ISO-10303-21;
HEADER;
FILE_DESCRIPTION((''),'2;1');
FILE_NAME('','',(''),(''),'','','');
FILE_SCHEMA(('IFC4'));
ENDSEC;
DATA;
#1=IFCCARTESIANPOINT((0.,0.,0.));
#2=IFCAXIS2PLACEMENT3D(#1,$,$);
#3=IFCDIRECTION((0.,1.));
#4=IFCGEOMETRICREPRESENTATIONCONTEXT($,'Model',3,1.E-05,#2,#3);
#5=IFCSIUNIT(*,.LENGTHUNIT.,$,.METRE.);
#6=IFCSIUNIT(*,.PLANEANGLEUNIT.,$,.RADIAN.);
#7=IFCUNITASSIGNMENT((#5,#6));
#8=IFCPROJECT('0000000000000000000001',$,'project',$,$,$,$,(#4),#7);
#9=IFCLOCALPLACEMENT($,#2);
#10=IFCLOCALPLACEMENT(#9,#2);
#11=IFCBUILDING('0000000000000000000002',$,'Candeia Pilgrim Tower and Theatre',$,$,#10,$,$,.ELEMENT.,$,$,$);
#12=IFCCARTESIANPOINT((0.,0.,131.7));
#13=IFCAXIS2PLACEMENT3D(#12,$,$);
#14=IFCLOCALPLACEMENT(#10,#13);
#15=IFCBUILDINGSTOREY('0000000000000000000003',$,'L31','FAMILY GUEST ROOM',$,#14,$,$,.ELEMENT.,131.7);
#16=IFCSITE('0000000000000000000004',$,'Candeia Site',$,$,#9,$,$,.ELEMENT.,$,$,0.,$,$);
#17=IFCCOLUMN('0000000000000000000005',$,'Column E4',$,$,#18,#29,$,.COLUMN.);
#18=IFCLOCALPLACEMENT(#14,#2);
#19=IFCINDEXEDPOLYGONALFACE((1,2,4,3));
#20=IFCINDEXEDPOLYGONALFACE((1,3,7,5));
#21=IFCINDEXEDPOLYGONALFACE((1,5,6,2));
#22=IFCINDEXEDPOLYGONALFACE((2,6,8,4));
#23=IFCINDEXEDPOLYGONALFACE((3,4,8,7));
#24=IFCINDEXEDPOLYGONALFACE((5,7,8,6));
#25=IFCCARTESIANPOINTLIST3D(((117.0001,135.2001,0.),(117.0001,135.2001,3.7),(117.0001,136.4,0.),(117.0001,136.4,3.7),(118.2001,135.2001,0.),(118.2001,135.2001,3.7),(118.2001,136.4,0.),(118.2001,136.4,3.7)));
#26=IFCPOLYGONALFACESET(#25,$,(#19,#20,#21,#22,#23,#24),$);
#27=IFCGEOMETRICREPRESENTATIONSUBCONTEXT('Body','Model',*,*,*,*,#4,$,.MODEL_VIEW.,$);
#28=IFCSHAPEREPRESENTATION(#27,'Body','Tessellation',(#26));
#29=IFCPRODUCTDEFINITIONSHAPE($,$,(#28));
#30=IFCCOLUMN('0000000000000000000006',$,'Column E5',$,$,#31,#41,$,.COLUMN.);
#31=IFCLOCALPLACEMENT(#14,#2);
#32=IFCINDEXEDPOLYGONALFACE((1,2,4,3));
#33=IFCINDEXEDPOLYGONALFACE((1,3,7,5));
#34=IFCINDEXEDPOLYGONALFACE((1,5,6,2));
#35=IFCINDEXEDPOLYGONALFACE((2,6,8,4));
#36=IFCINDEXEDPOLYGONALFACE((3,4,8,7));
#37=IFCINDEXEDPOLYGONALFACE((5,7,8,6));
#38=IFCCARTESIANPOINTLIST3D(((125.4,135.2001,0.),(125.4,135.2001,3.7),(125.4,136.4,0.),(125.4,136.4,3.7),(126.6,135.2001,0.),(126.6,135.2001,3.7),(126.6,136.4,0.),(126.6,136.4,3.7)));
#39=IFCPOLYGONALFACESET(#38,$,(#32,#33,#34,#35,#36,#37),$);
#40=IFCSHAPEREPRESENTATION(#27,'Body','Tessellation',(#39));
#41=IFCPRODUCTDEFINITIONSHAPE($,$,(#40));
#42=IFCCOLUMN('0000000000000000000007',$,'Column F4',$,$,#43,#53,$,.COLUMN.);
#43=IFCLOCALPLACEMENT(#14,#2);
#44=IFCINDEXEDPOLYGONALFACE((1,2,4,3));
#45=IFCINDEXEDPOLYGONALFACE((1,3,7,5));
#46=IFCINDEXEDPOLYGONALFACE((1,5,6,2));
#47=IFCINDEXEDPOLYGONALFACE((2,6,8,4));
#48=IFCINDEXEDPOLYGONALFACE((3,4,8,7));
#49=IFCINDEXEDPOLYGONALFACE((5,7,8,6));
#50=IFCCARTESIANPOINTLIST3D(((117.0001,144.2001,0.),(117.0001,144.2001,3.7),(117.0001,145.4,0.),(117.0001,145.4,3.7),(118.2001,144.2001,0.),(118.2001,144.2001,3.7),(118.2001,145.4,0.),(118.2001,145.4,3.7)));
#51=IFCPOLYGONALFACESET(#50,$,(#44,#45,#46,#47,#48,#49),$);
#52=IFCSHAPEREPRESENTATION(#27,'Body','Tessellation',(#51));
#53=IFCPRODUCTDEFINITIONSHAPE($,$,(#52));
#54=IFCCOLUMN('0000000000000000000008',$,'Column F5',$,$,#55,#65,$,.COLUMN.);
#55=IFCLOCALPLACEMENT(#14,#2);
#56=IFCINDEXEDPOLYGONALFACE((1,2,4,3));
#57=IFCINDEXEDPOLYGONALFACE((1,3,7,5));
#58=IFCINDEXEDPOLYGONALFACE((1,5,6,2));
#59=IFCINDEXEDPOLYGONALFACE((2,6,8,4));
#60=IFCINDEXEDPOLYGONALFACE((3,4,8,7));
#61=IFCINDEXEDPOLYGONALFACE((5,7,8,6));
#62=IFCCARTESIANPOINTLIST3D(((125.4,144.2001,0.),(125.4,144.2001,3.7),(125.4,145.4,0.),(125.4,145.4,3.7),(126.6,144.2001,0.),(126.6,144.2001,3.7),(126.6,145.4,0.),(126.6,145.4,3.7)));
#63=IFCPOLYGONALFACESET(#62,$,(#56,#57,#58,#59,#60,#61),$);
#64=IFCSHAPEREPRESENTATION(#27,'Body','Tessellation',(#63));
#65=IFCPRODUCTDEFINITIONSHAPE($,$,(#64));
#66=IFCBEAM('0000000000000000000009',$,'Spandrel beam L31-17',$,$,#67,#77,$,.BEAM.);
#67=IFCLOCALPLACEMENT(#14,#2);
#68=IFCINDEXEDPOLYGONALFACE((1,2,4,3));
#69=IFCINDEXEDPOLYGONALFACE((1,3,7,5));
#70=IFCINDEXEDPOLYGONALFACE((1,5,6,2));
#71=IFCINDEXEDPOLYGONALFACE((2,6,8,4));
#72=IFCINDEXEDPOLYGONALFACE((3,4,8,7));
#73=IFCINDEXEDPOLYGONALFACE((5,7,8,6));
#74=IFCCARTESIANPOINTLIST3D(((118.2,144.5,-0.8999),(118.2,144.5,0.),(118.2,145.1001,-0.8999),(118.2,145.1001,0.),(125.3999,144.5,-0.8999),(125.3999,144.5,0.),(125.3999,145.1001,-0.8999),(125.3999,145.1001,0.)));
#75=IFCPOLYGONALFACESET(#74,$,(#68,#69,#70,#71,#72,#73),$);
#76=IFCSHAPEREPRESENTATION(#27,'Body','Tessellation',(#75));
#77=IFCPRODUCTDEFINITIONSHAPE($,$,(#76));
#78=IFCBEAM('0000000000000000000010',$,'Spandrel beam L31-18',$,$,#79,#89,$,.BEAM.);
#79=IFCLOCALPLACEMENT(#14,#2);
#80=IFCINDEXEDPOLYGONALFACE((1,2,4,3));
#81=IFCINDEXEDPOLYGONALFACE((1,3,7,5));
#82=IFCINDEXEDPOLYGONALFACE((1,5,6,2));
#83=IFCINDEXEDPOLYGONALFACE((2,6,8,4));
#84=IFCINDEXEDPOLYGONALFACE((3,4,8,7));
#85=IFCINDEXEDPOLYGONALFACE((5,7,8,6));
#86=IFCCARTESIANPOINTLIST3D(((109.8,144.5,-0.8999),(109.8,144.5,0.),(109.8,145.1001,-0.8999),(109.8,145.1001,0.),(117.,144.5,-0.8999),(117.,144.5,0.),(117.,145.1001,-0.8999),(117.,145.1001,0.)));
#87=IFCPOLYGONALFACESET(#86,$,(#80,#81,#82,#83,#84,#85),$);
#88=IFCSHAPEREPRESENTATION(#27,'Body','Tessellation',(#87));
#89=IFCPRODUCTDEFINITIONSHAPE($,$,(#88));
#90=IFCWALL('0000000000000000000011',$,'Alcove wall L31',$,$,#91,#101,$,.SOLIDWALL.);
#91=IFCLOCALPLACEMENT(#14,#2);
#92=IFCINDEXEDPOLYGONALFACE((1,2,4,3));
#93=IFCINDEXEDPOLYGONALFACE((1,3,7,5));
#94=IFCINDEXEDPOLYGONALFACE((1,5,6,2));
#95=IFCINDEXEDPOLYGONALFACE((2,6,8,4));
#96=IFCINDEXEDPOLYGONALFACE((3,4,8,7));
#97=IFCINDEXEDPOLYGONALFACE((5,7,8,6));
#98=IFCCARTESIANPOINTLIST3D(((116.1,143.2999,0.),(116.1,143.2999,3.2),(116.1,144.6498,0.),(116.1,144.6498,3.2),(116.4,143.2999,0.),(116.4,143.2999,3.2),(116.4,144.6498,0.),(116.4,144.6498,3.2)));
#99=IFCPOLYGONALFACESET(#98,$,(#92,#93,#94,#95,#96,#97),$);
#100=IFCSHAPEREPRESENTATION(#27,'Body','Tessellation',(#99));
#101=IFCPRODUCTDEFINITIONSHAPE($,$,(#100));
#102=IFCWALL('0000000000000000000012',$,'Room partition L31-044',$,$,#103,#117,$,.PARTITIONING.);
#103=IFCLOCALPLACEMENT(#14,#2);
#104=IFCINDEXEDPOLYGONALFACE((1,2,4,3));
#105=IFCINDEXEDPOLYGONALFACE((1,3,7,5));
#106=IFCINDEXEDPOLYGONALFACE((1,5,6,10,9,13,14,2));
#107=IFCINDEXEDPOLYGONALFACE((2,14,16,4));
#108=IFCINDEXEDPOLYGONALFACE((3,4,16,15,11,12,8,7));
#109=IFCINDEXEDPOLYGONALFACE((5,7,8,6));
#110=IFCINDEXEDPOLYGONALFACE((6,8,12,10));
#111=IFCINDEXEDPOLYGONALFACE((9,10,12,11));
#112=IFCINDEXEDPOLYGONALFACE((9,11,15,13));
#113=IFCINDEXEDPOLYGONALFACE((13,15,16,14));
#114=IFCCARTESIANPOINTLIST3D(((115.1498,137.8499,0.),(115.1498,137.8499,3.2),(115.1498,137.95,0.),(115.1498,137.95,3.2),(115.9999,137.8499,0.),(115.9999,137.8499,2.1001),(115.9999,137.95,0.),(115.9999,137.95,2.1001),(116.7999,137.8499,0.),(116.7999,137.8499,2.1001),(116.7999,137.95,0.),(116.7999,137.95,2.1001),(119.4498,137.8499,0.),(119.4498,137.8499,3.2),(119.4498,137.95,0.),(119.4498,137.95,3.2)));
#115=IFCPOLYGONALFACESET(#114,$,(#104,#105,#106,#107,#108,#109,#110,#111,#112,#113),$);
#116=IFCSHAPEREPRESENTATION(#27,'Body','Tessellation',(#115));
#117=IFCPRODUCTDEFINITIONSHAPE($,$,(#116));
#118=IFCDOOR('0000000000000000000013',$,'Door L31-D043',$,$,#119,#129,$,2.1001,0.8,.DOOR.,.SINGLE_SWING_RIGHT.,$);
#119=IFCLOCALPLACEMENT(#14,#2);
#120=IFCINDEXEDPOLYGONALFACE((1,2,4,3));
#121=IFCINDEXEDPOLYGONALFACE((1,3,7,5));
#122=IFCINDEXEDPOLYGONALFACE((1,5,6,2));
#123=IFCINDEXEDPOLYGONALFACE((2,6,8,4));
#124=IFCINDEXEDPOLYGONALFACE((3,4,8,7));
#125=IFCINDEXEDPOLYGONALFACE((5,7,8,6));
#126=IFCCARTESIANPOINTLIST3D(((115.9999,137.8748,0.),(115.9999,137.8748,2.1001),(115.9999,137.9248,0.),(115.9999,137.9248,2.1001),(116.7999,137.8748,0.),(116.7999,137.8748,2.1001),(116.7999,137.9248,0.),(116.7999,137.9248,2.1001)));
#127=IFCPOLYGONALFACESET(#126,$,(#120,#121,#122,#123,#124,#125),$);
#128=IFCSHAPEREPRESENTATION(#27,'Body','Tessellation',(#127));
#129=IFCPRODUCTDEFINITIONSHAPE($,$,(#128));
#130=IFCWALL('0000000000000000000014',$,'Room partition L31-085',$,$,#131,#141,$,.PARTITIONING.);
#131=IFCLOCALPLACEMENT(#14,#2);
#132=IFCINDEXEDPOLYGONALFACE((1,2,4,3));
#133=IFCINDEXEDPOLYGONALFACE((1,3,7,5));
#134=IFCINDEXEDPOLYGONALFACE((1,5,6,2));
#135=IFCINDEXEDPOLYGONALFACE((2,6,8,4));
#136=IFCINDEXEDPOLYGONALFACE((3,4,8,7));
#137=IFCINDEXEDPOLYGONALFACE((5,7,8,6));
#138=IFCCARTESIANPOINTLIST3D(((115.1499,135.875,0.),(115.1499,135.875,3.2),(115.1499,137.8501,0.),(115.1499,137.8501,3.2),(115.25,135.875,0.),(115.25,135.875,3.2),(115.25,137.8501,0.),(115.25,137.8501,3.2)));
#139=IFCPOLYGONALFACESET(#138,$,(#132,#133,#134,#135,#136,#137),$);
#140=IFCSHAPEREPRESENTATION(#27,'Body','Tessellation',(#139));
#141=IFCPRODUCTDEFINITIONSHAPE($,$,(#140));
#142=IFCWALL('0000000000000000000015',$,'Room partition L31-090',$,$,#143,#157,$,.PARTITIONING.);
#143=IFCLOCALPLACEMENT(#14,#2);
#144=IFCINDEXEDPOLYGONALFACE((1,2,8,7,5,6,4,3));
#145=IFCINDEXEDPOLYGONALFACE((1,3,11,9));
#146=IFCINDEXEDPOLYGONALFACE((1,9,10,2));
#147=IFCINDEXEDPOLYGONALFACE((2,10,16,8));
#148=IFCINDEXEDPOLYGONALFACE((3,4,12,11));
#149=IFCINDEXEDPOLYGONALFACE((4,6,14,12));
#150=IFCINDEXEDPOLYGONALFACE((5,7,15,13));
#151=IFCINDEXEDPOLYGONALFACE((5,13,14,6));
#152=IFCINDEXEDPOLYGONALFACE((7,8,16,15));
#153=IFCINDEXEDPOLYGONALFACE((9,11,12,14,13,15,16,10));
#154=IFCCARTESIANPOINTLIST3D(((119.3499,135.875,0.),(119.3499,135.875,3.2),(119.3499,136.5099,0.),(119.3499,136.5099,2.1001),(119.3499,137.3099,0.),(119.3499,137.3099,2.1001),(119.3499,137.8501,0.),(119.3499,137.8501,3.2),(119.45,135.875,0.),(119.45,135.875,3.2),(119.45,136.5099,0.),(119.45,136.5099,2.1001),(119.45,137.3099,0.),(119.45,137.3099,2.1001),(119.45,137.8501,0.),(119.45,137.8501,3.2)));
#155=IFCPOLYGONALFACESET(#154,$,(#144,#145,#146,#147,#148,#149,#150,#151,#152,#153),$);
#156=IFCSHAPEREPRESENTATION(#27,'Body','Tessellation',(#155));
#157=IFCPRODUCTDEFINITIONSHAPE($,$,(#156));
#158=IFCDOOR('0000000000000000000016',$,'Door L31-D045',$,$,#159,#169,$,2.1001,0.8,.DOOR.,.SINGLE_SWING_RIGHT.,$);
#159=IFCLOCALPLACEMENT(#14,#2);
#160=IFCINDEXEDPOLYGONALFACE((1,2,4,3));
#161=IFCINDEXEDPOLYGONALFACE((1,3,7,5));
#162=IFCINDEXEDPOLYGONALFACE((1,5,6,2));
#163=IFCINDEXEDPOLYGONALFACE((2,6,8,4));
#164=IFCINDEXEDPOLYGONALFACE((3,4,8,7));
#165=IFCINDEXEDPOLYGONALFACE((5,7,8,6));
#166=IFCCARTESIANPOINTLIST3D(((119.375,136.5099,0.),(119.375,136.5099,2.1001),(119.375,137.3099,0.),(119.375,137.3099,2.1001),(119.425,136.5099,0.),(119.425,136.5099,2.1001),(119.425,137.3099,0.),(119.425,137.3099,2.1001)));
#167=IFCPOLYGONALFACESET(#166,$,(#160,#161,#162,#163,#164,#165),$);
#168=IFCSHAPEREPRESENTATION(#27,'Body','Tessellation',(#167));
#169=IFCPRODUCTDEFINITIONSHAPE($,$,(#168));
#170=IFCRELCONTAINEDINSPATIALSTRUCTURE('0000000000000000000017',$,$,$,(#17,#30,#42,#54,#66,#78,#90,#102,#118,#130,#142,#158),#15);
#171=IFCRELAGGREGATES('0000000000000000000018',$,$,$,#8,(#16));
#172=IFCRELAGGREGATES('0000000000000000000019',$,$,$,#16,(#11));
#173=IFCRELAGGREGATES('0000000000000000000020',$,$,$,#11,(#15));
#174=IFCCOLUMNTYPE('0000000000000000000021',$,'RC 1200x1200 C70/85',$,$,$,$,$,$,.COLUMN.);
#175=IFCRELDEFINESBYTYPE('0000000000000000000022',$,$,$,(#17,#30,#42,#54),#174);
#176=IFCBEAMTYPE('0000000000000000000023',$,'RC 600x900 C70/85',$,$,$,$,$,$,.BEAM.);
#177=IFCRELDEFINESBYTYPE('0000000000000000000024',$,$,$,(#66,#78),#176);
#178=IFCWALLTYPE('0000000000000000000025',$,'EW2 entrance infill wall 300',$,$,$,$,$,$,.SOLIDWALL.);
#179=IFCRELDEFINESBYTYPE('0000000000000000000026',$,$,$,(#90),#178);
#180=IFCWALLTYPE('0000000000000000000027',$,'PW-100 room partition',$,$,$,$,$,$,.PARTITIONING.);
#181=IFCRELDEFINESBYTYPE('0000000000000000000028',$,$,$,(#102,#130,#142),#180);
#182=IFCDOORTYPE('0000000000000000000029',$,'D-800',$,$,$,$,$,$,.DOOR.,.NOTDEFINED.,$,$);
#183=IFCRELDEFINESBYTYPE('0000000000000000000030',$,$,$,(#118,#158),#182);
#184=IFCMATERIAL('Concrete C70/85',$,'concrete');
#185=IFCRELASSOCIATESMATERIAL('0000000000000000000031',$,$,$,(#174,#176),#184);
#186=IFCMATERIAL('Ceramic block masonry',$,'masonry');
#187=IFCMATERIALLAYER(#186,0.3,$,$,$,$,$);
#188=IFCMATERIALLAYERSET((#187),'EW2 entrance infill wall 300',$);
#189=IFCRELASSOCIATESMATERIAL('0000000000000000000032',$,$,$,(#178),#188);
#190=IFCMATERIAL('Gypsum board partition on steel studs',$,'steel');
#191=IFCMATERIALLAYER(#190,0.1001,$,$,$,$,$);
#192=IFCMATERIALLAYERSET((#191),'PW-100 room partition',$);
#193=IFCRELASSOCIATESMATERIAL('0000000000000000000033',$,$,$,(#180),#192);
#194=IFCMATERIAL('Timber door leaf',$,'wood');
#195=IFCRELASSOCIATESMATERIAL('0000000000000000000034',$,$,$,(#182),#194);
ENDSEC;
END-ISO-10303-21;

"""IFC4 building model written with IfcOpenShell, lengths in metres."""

from ifc_helpers import new_model, si_unit, direction, frame, frame_2d, origin, origin_2d, place, context, subcontext, project, spatial, rectangle, extrude, material, layer, layer_set, material_profile, profile_set, type_object, element, fill, save


model = new_model("IFC4")

# Units and contexts
model_context = context("Model", 3, precision=1e-05, world=origin(), true_north=direction((0.0, 1.0)))
body_context = subcontext(model_context, "Body", "Model", "MODEL_VIEW")
ifc_project = project(units=[si_unit("LENGTHUNIT", "METRE"), si_unit("PLANEANGLEUNIT", "RADIAN")], contexts=[model_context])

# Site, building, storey
site_placement = place(None, origin())
site = spatial("IfcSite", under=ifc_project, at=site_placement, Name="Candeia Site", CompositionType="ELEMENT", RefElevation=0.0)
building_placement = place(site_placement, origin())
building = spatial("IfcBuilding", under=site, at=building_placement, Name="Candeia Pilgrim Tower and Theatre", CompositionType="ELEMENT")
storey_placement = place(building_placement, frame((0.0, 0.0, 131.7)))
storey = spatial("IfcBuildingStorey", under=building, at=storey_placement, Name="L31", Description="FAMILY GUEST ROOM", CompositionType="ELEMENT", Elevation=131.7)

# Columns
ifc_material_1 = material(Name="Concrete C70/85", Category="concrete")
ifc_material_profile_1 = material_profile(ifc_material_1, rectangle(XDim=1.2, YDim=1.2, at=origin_2d()))
ifc_profile_set_1 = profile_set([ifc_material_profile_1], Name="Concrete C70/85")
column_type = type_object("IfcColumnType", Name="RC 1200x1200 C70/85", PredefinedType="COLUMN", material=ifc_profile_set_1)
for number, where, z_axis, x_axis, name in (
    (1, (117.6001, 135.8, 0.0), (0.0, 0.0, 1.0), (1.0, 0.0, 0.0), "Column E4"),
    (2, (126.0, 135.8, 0.0), (0.0, 0.0, 1.0), (1.0, 0.0, 0.0), "Column E5"),
    (3, (117.6001, 144.8, 0.0), (0.0, 0.0, 1.0), (1.0, 0.0, 0.0), "Column F4"),
    (4, (126.0, 144.8, 0.0), (0.0, 0.0, 1.0), (1.0, 0.0, 0.0), "Column F5"),
):
    element("IfcColumn", number, at=place(storey_placement, frame(where, z_axis=z_axis, x_axis=x_axis)), inside=storey, type_object=column_type, Name=name, PredefinedType="COLUMN", context=body_context, shape_type="SweptSolid", body=[
        extrude(rectangle(XDim=1.2, YDim=1.2, at=origin_2d()), origin(), (0.0, 0.0, 1.0), 3.7),
    ])

# Beams
ifc_material_profile_2 = material_profile(ifc_material_1, rectangle(XDim=0.6001, YDim=0.8999, at=origin_2d()))
ifc_profile_set_2 = profile_set([ifc_material_profile_2], Name="Concrete C70/85")
beam_type = type_object("IfcBeamType", Name="RC 600x900 C70/85", PredefinedType="BEAM", material=ifc_profile_set_2)
for number, where, z_axis, x_axis, name in (
    (5, (125.3999, 144.8, -0.45), (-1.0, 0.0, 0.0), (0.0, -1.0, 0.0), "Spandrel beam L31-17"),
    (6, (117.0, 144.8, -0.45), (-1.0, 0.0, 0.0), (0.0, -1.0, 0.0), "Spandrel beam L31-18"),
):
    element("IfcBeam", number, at=place(storey_placement, frame(where, z_axis=z_axis, x_axis=x_axis)), inside=storey, type_object=beam_type, Name=name, PredefinedType="BEAM", context=body_context, shape_type="SweptSolid", body=[
        extrude(rectangle(XDim=0.6001, YDim=0.8999, at=origin_2d()), origin(), (0.0, 0.0, 1.0), 7.2),
    ])

# Wall
ifc_material_2 = material(Name="Ceramic block masonry", Category="masonry")
ifc_layer_1 = layer(ifc_material_2, 0.3)
ifc_layer_set_1 = layer_set([ifc_layer_1], Name="EW2 entrance infill wall 300")
wall_type_1 = type_object("IfcWallType", Name="EW2 entrance infill wall 300", PredefinedType="SOLIDWALL", material=ifc_layer_set_1)
wall_1_placement = place(storey_placement, frame((116.25, 143.3, 0.0), z_axis=(0.0, 0.0, 1.0), x_axis=(0.0, 1.0, 0.0)))
element("IfcWall", 7, at=wall_1_placement, inside=storey, type_object=wall_type_1, Name="Alcove wall L31", PredefinedType="SOLIDWALL", context=body_context, shape_type="SweptSolid", body=[
    extrude(rectangle(XDim=1.3499, YDim=0.3, at=frame_2d((0.6748, 0.0))), origin(), (0.0, 0.0, 1.0), 3.2),
])

# Wall, opening, door
ifc_material_3 = material(Name="Gypsum board partition on steel studs", Category="steel")
ifc_layer_2 = layer(ifc_material_3, 0.1001)
ifc_layer_set_2 = layer_set([ifc_layer_2], Name="PW-100 room partition")
wall_type_2 = type_object("IfcWallType", Name="PW-100 room partition", PredefinedType="PARTITIONING", material=ifc_layer_set_2)
wall_2_placement = place(storey_placement, frame((115.1499, 137.8999, 0.0), z_axis=(0.0, 0.0, 1.0), x_axis=(1.0, 0.0, 0.0)))
wall_2 = element("IfcWall", 8, at=wall_2_placement, inside=storey, type_object=wall_type_2, Name="Room partition L31-044", PredefinedType="PARTITIONING", context=body_context, shape_type="SweptSolid", body=[
    extrude(rectangle(XDim=4.3, YDim=0.1001, at=frame_2d((2.1499, 0.0))), origin(), (0.0, 0.0, 1.0), 3.2),
])
opening_1_placement = place(wall_2_placement, frame((0.8501, 0.0, 0.0)))
opening_1 = element("IfcOpeningElement", 9, at=opening_1_placement, cuts=wall_2, PredefinedType="OPENING", context=body_context, shape_type="SweptSolid", body=[
    extrude(rectangle(XDim=0.8, YDim=2.1001, at=frame_2d((0.3999, 1.05))), frame((0.0, 0.0601, 0.0), z_axis=(0.0, -1.0, 0.0), x_axis=(1.0, 0.0, 0.0)), (0.0, 0.0, 1.0), 0.1201),
])
ifc_material_4 = material(Name="Timber door leaf", Category="wood")
door_type_1 = type_object("IfcDoorType", Name="D-800", OperationType="NOTDEFINED", PredefinedType="DOOR", material=ifc_material_4)
door_1_placement = place(opening_1_placement, origin())
door_1 = element("IfcDoor", 10, at=door_1_placement, inside=storey, type_object=door_type_1, Name="Door L31-D043", OperationType="SINGLE_SWING_RIGHT", OverallHeight=2.1001, OverallWidth=0.8, PredefinedType="DOOR", context=body_context, shape_type="SweptSolid", body=[
    extrude(rectangle(XDim=0.8, YDim=2.1001, at=frame_2d((0.3999, 1.05))), frame((0.0, 0.0249, 0.0), z_axis=(0.0, -1.0, 0.0), x_axis=(1.0, 0.0, 0.0)), (0.0, 0.0, 1.0), 0.05),
])
fill(opening_1, door_1)

# Wall
wall_3_placement = place(storey_placement, frame((115.2, 135.875, 0.0), z_axis=(0.0, 0.0, 1.0), x_axis=(0.0, 1.0, 0.0)))
element("IfcWall", 11, at=wall_3_placement, inside=storey, type_object=wall_type_2, Name="Room partition L31-085", PredefinedType="PARTITIONING", context=body_context, shape_type="SweptSolid", body=[
    extrude(rectangle(XDim=1.9751, YDim=0.1001, at=frame_2d((0.9875, 0.0))), origin(), (0.0, 0.0, 1.0), 3.2),
])

# Wall, opening, door
wall_4_placement = place(storey_placement, frame((119.3999, 135.875, 0.0), z_axis=(0.0, 0.0, 1.0), x_axis=(0.0, 1.0, 0.0)))
wall_4 = element("IfcWall", 12, at=wall_4_placement, inside=storey, type_object=wall_type_2, Name="Room partition L31-090", PredefinedType="PARTITIONING", context=body_context, shape_type="SweptSolid", body=[
    extrude(rectangle(XDim=1.9751, YDim=0.1001, at=frame_2d((0.9875, 0.0))), origin(), (0.0, 0.0, 1.0), 3.2),
])
opening_2_placement = place(wall_4_placement, frame((0.635, 0.0, 0.0)))
opening_2 = element("IfcOpeningElement", 13, at=opening_2_placement, cuts=wall_4, PredefinedType="OPENING", context=body_context, shape_type="SweptSolid", body=[
    extrude(rectangle(XDim=0.8, YDim=2.1001, at=frame_2d((0.3999, 1.05))), frame((0.0, 0.0601, 0.0), z_axis=(0.0, -1.0, 0.0), x_axis=(1.0, 0.0, 0.0)), (0.0, 0.0, 1.0), 0.1201),
])
door_2_placement = place(opening_2_placement, origin())
door_2 = element("IfcDoor", 14, at=door_2_placement, inside=storey, type_object=door_type_1, Name="Door L31-D045", OperationType="SINGLE_SWING_RIGHT", OverallHeight=2.1001, OverallWidth=0.8, PredefinedType="DOOR", context=body_context, shape_type="SweptSolid", body=[
    extrude(rectangle(XDim=0.8, YDim=2.1001, at=frame_2d((0.3999, 1.05))), frame((0.0, 0.0249, 0.0), z_axis=(0.0, -1.0, 0.0), x_axis=(1.0, 0.0, 0.0)), (0.0, 0.0, 1.0), 0.05),
])
fill(opening_2, door_2)

save(model, "model.ifc")
